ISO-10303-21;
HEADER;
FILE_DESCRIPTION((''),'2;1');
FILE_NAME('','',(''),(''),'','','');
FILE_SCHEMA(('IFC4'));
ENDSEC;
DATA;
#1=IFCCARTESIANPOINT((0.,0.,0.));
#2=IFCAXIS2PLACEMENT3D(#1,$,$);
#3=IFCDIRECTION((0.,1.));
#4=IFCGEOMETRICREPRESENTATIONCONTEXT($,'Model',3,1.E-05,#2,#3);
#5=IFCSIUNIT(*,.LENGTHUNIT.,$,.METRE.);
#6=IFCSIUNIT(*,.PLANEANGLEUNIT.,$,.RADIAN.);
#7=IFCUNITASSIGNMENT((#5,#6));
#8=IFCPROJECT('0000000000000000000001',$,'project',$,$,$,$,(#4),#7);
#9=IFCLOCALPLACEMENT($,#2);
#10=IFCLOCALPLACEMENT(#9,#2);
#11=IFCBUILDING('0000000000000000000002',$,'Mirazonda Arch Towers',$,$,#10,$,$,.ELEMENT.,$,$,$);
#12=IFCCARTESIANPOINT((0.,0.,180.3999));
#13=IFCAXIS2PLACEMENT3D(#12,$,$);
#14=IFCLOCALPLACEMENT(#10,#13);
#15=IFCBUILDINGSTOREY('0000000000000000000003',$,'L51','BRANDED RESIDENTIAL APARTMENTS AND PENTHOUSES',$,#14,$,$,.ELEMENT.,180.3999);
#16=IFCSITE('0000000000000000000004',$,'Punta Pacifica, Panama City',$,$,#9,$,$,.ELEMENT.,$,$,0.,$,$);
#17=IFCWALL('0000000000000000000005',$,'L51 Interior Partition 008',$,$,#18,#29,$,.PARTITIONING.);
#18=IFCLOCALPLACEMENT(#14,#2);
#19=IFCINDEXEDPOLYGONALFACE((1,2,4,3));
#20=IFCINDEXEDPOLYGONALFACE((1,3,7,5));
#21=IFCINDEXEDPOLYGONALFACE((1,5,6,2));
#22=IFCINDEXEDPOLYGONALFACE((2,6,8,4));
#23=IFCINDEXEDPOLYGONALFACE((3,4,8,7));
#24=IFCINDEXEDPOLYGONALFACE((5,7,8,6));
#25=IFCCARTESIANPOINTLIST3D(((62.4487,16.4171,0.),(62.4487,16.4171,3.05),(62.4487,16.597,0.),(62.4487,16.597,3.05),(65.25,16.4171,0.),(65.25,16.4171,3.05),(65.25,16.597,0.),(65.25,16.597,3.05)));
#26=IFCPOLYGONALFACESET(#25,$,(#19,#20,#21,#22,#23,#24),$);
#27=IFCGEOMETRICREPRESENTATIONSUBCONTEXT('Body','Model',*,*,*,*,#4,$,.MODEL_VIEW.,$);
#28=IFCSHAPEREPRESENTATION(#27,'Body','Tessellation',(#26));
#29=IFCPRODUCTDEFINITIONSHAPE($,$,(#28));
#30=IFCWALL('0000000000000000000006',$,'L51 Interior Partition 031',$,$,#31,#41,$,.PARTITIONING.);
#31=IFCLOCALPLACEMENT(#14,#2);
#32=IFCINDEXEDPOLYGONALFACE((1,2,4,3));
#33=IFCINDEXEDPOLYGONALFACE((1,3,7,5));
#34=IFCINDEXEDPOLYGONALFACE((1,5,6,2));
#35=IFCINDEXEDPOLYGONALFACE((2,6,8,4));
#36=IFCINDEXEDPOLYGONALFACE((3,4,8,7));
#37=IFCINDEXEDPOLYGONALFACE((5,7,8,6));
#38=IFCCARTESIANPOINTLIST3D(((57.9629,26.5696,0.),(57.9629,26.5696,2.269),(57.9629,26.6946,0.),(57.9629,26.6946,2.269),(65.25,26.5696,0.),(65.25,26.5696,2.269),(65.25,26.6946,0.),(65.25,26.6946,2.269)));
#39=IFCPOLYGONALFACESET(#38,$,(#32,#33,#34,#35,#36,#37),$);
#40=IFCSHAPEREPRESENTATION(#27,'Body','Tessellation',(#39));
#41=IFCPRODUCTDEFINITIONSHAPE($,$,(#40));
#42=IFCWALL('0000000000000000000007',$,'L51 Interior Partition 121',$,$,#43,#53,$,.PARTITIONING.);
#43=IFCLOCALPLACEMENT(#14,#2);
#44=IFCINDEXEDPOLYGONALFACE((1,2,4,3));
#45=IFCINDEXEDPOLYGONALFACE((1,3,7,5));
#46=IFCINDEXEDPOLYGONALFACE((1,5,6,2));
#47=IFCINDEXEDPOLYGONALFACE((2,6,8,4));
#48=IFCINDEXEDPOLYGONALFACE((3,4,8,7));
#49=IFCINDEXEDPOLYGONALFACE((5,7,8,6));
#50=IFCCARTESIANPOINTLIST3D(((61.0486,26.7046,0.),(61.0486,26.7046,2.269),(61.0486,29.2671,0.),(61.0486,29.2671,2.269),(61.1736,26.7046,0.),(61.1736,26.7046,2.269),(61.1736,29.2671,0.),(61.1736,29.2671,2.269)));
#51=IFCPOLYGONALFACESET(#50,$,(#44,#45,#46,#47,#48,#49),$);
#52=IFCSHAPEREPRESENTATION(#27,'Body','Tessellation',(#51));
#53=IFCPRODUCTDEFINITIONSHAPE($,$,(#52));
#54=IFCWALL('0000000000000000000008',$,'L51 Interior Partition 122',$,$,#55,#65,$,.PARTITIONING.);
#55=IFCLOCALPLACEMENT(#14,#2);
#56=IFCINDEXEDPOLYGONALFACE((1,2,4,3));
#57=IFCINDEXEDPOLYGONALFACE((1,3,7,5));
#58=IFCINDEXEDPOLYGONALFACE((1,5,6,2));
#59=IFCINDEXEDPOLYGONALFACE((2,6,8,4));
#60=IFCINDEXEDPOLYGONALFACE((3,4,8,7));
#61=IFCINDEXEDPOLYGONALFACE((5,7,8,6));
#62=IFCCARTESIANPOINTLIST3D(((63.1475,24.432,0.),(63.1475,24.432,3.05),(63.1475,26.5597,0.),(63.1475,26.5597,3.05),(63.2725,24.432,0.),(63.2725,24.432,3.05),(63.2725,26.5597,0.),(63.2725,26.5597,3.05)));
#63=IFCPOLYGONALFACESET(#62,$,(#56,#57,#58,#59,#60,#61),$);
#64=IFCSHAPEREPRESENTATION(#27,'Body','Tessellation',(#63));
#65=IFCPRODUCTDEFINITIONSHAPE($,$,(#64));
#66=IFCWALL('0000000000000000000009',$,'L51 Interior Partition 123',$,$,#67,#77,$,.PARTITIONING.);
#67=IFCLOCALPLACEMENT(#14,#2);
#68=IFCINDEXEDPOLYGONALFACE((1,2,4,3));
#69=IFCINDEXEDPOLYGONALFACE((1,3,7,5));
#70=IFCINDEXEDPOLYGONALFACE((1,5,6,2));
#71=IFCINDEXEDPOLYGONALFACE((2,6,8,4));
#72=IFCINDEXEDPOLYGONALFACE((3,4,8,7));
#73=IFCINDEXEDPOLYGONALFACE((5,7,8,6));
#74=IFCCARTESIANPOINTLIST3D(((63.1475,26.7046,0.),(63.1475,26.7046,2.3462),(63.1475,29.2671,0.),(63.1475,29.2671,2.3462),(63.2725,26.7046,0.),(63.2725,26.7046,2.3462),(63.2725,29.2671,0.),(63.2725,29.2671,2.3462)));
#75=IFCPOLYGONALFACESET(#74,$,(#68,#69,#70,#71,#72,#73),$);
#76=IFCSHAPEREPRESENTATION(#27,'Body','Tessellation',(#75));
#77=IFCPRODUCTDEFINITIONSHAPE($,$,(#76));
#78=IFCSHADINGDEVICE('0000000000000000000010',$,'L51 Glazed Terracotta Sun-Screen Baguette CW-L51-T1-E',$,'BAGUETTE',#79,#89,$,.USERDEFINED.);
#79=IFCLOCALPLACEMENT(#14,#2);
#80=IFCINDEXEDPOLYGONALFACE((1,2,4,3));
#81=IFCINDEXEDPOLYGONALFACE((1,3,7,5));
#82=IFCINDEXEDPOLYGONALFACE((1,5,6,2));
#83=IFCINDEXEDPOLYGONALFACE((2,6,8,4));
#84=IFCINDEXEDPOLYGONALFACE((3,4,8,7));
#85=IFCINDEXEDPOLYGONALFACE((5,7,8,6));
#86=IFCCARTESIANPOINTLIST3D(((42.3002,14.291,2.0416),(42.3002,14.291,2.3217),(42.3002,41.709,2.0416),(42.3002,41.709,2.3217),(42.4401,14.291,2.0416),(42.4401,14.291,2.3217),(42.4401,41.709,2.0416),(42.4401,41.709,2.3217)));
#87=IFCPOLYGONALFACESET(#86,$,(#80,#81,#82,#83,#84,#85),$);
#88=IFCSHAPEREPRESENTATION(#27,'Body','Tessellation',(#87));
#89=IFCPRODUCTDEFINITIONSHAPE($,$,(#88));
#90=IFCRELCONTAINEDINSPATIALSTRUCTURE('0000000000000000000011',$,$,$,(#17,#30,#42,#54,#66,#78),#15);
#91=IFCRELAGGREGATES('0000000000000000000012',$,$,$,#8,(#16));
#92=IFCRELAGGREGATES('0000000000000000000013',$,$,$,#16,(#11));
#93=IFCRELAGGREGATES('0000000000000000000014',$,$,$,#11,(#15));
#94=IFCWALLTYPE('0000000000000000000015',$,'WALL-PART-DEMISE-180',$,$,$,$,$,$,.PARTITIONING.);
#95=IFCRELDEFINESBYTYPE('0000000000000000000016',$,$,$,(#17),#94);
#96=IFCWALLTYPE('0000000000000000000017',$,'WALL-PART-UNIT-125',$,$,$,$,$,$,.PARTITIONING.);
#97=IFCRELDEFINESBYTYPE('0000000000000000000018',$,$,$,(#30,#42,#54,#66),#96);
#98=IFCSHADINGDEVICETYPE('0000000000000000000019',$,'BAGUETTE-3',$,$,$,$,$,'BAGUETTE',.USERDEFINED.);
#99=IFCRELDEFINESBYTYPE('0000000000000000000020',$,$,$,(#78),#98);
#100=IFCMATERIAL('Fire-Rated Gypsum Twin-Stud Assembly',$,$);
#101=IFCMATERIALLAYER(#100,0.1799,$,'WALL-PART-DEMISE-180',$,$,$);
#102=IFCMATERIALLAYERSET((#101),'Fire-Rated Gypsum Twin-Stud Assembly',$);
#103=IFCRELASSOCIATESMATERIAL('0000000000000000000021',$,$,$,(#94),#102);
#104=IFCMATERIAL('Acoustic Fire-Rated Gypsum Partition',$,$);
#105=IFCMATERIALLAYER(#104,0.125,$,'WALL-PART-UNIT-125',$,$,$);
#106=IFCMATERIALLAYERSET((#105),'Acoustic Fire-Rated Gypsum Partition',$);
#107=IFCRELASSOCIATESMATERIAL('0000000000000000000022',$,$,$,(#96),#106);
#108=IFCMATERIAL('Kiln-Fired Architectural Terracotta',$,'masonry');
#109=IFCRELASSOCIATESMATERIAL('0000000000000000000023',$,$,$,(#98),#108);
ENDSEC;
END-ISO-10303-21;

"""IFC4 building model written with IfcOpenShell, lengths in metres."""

from ifc_helpers import new_model, si_unit, direction, frame, frame_2d, origin, origin_2d, place, context, subcontext, project, spatial, rectangle, extrude, material, layer, layer_set, material_profile, profile_set, type_object, element, save


model = new_model("IFC4")

# Units and contexts
model_context = context("Model", 3, precision=1e-05, world=origin(), true_north=direction((0.0, 1.0)))
body_context = subcontext(model_context, "Body", "Model", "MODEL_VIEW")
ifc_project = project(units=[si_unit("LENGTHUNIT", "METRE"), si_unit("PLANEANGLEUNIT", "RADIAN")], contexts=[model_context])

# Site, building, storey
site_placement = place(None, origin())
site = spatial("IfcSite", under=ifc_project, at=site_placement, Name="Punta Pacifica, Panama City", CompositionType="ELEMENT", RefElevation=0.0)
building_placement = place(site_placement, origin())
building = spatial("IfcBuilding", under=site, at=building_placement, Name="Mirazonda Arch Towers", CompositionType="ELEMENT")
storey_placement = place(building_placement, frame((0.0, 0.0, 180.3999)))
storey = spatial("IfcBuildingStorey", under=building, at=storey_placement, Name="L51", Description="BRANDED RESIDENTIAL APARTMENTS AND PENTHOUSES", CompositionType="ELEMENT", Elevation=180.3999)

# Wall
ifc_material_1 = material(Name="Fire-Rated Gypsum Twin-Stud Assembly")
ifc_layer_1 = layer(ifc_material_1, 0.1799, Name="WALL-PART-DEMISE-180")
ifc_layer_set_1 = layer_set([ifc_layer_1], Name="Fire-Rated Gypsum Twin-Stud Assembly")
wall_type_1 = type_object("IfcWallType", Name="WALL-PART-DEMISE-180", PredefinedType="PARTITIONING", material=ifc_layer_set_1)
wall_1_placement = place(storey_placement, frame((62.4487, 16.5071, 0.0), z_axis=(0.0, 0.0, 1.0), x_axis=(1.0, 0.0, 0.0)))
element("IfcWall", 1, at=wall_1_placement, inside=storey, type_object=wall_type_1, Name="L51 Interior Partition 008", PredefinedType="PARTITIONING", context=body_context, shape_type="SweptSolid", body=[
    extrude(rectangle(XDim=2.8013, YDim=0.1799, at=frame_2d((1.4006, 0.0))), origin(), (0.0, 0.0, 1.0), 3.05),
])

# Walls
ifc_material_2 = material(Name="Acoustic Fire-Rated Gypsum Partition")
ifc_layer_2 = layer(ifc_material_2, 0.125, Name="WALL-PART-UNIT-125")
ifc_layer_set_2 = layer_set([ifc_layer_2], Name="Acoustic Fire-Rated Gypsum Partition")
wall_type_2 = type_object("IfcWallType", Name="WALL-PART-UNIT-125", PredefinedType="PARTITIONING", material=ifc_layer_set_2)
wall_2_placement = place(storey_placement, frame((57.9629, 26.6321, 0.0), z_axis=(0.0, 0.0, 1.0), x_axis=(1.0, 0.0, 0.0)))
element("IfcWall", 2, at=wall_2_placement, inside=storey, type_object=wall_type_2, Name="L51 Interior Partition 031", PredefinedType="PARTITIONING", context=body_context, shape_type="SweptSolid", body=[
    extrude(rectangle(XDim=7.2871, YDim=0.125, at=frame_2d((3.6436, 0.0))), origin(), (0.0, 0.0, 1.0), 2.269),
])
wall_3_placement = place(storey_placement, frame((61.1111, 26.7046, 0.0), z_axis=(0.0, 0.0, 1.0), x_axis=(0.0, 1.0, 0.0)))
element("IfcWall", 3, at=wall_3_placement, inside=storey, type_object=wall_type_2, Name="L51 Interior Partition 121", PredefinedType="PARTITIONING", context=body_context, shape_type="SweptSolid", body=[
    extrude(rectangle(XDim=2.5625, YDim=0.125, at=frame_2d((1.2812, 0.0))), origin(), (0.0, 0.0, 1.0), 2.269),
])
wall_4_placement = place(storey_placement, frame((63.21, 24.4319, 0.0), z_axis=(0.0, 0.0, 1.0), x_axis=(0.0, 1.0, 0.0)))
element("IfcWall", 4, at=wall_4_placement, inside=storey, type_object=wall_type_2, Name="L51 Interior Partition 122", PredefinedType="PARTITIONING", context=body_context, shape_type="SweptSolid", body=[
    extrude(rectangle(XDim=2.1277, YDim=0.125, at=frame_2d((1.064, 0.0))), origin(), (0.0, 0.0, 1.0), 3.05),
])
wall_5_placement = place(storey_placement, frame((63.21, 26.7046, 0.0), z_axis=(0.0, 0.0, 1.0), x_axis=(0.0, 1.0, 0.0)))
element("IfcWall", 5, at=wall_5_placement, inside=storey, type_object=wall_type_2, Name="L51 Interior Partition 123", PredefinedType="PARTITIONING", context=body_context, shape_type="SweptSolid", body=[
    extrude(rectangle(XDim=2.5625, YDim=0.125, at=frame_2d((1.2812, 0.0))), origin(), (0.0, 0.0, 1.0), 2.3462),
])

# Shading device
ifc_material_3 = material(Name="Kiln-Fired Architectural Terracotta", Category="masonry")
ifc_material_profile_1 = material_profile(ifc_material_3, rectangle(XDim=0.1399, YDim=0.28, at=origin_2d()), Name="TERRA-BAG-140x280")
ifc_profile_set_1 = profile_set([ifc_material_profile_1], Name="Kiln-Fired Architectural Terracotta")
shading_device_type = type_object("IfcShadingDeviceType", Name="BAGUETTE-3", ElementType="BAGUETTE", PredefinedType="USERDEFINED", material=ifc_profile_set_1)
shading_device_placement = place(storey_placement, frame((42.3701, 14.291, 2.1816), z_axis=(0.0, 1.0, 0.0), x_axis=(-1.0, 0.0, 0.0)))
element("IfcShadingDevice", 6, at=shading_device_placement, inside=storey, type_object=shading_device_type, Name="L51 Glazed Terracotta Sun-Screen Baguette CW-L51-T1-E", ObjectType="BAGUETTE", PredefinedType="USERDEFINED", context=body_context, shape_type="SweptSolid", body=[
    extrude(rectangle(XDim=0.1399, YDim=0.28, at=origin_2d()), origin(), (0.0, 0.0, 1.0), 27.418),
])

save(model, "model.ifc")
